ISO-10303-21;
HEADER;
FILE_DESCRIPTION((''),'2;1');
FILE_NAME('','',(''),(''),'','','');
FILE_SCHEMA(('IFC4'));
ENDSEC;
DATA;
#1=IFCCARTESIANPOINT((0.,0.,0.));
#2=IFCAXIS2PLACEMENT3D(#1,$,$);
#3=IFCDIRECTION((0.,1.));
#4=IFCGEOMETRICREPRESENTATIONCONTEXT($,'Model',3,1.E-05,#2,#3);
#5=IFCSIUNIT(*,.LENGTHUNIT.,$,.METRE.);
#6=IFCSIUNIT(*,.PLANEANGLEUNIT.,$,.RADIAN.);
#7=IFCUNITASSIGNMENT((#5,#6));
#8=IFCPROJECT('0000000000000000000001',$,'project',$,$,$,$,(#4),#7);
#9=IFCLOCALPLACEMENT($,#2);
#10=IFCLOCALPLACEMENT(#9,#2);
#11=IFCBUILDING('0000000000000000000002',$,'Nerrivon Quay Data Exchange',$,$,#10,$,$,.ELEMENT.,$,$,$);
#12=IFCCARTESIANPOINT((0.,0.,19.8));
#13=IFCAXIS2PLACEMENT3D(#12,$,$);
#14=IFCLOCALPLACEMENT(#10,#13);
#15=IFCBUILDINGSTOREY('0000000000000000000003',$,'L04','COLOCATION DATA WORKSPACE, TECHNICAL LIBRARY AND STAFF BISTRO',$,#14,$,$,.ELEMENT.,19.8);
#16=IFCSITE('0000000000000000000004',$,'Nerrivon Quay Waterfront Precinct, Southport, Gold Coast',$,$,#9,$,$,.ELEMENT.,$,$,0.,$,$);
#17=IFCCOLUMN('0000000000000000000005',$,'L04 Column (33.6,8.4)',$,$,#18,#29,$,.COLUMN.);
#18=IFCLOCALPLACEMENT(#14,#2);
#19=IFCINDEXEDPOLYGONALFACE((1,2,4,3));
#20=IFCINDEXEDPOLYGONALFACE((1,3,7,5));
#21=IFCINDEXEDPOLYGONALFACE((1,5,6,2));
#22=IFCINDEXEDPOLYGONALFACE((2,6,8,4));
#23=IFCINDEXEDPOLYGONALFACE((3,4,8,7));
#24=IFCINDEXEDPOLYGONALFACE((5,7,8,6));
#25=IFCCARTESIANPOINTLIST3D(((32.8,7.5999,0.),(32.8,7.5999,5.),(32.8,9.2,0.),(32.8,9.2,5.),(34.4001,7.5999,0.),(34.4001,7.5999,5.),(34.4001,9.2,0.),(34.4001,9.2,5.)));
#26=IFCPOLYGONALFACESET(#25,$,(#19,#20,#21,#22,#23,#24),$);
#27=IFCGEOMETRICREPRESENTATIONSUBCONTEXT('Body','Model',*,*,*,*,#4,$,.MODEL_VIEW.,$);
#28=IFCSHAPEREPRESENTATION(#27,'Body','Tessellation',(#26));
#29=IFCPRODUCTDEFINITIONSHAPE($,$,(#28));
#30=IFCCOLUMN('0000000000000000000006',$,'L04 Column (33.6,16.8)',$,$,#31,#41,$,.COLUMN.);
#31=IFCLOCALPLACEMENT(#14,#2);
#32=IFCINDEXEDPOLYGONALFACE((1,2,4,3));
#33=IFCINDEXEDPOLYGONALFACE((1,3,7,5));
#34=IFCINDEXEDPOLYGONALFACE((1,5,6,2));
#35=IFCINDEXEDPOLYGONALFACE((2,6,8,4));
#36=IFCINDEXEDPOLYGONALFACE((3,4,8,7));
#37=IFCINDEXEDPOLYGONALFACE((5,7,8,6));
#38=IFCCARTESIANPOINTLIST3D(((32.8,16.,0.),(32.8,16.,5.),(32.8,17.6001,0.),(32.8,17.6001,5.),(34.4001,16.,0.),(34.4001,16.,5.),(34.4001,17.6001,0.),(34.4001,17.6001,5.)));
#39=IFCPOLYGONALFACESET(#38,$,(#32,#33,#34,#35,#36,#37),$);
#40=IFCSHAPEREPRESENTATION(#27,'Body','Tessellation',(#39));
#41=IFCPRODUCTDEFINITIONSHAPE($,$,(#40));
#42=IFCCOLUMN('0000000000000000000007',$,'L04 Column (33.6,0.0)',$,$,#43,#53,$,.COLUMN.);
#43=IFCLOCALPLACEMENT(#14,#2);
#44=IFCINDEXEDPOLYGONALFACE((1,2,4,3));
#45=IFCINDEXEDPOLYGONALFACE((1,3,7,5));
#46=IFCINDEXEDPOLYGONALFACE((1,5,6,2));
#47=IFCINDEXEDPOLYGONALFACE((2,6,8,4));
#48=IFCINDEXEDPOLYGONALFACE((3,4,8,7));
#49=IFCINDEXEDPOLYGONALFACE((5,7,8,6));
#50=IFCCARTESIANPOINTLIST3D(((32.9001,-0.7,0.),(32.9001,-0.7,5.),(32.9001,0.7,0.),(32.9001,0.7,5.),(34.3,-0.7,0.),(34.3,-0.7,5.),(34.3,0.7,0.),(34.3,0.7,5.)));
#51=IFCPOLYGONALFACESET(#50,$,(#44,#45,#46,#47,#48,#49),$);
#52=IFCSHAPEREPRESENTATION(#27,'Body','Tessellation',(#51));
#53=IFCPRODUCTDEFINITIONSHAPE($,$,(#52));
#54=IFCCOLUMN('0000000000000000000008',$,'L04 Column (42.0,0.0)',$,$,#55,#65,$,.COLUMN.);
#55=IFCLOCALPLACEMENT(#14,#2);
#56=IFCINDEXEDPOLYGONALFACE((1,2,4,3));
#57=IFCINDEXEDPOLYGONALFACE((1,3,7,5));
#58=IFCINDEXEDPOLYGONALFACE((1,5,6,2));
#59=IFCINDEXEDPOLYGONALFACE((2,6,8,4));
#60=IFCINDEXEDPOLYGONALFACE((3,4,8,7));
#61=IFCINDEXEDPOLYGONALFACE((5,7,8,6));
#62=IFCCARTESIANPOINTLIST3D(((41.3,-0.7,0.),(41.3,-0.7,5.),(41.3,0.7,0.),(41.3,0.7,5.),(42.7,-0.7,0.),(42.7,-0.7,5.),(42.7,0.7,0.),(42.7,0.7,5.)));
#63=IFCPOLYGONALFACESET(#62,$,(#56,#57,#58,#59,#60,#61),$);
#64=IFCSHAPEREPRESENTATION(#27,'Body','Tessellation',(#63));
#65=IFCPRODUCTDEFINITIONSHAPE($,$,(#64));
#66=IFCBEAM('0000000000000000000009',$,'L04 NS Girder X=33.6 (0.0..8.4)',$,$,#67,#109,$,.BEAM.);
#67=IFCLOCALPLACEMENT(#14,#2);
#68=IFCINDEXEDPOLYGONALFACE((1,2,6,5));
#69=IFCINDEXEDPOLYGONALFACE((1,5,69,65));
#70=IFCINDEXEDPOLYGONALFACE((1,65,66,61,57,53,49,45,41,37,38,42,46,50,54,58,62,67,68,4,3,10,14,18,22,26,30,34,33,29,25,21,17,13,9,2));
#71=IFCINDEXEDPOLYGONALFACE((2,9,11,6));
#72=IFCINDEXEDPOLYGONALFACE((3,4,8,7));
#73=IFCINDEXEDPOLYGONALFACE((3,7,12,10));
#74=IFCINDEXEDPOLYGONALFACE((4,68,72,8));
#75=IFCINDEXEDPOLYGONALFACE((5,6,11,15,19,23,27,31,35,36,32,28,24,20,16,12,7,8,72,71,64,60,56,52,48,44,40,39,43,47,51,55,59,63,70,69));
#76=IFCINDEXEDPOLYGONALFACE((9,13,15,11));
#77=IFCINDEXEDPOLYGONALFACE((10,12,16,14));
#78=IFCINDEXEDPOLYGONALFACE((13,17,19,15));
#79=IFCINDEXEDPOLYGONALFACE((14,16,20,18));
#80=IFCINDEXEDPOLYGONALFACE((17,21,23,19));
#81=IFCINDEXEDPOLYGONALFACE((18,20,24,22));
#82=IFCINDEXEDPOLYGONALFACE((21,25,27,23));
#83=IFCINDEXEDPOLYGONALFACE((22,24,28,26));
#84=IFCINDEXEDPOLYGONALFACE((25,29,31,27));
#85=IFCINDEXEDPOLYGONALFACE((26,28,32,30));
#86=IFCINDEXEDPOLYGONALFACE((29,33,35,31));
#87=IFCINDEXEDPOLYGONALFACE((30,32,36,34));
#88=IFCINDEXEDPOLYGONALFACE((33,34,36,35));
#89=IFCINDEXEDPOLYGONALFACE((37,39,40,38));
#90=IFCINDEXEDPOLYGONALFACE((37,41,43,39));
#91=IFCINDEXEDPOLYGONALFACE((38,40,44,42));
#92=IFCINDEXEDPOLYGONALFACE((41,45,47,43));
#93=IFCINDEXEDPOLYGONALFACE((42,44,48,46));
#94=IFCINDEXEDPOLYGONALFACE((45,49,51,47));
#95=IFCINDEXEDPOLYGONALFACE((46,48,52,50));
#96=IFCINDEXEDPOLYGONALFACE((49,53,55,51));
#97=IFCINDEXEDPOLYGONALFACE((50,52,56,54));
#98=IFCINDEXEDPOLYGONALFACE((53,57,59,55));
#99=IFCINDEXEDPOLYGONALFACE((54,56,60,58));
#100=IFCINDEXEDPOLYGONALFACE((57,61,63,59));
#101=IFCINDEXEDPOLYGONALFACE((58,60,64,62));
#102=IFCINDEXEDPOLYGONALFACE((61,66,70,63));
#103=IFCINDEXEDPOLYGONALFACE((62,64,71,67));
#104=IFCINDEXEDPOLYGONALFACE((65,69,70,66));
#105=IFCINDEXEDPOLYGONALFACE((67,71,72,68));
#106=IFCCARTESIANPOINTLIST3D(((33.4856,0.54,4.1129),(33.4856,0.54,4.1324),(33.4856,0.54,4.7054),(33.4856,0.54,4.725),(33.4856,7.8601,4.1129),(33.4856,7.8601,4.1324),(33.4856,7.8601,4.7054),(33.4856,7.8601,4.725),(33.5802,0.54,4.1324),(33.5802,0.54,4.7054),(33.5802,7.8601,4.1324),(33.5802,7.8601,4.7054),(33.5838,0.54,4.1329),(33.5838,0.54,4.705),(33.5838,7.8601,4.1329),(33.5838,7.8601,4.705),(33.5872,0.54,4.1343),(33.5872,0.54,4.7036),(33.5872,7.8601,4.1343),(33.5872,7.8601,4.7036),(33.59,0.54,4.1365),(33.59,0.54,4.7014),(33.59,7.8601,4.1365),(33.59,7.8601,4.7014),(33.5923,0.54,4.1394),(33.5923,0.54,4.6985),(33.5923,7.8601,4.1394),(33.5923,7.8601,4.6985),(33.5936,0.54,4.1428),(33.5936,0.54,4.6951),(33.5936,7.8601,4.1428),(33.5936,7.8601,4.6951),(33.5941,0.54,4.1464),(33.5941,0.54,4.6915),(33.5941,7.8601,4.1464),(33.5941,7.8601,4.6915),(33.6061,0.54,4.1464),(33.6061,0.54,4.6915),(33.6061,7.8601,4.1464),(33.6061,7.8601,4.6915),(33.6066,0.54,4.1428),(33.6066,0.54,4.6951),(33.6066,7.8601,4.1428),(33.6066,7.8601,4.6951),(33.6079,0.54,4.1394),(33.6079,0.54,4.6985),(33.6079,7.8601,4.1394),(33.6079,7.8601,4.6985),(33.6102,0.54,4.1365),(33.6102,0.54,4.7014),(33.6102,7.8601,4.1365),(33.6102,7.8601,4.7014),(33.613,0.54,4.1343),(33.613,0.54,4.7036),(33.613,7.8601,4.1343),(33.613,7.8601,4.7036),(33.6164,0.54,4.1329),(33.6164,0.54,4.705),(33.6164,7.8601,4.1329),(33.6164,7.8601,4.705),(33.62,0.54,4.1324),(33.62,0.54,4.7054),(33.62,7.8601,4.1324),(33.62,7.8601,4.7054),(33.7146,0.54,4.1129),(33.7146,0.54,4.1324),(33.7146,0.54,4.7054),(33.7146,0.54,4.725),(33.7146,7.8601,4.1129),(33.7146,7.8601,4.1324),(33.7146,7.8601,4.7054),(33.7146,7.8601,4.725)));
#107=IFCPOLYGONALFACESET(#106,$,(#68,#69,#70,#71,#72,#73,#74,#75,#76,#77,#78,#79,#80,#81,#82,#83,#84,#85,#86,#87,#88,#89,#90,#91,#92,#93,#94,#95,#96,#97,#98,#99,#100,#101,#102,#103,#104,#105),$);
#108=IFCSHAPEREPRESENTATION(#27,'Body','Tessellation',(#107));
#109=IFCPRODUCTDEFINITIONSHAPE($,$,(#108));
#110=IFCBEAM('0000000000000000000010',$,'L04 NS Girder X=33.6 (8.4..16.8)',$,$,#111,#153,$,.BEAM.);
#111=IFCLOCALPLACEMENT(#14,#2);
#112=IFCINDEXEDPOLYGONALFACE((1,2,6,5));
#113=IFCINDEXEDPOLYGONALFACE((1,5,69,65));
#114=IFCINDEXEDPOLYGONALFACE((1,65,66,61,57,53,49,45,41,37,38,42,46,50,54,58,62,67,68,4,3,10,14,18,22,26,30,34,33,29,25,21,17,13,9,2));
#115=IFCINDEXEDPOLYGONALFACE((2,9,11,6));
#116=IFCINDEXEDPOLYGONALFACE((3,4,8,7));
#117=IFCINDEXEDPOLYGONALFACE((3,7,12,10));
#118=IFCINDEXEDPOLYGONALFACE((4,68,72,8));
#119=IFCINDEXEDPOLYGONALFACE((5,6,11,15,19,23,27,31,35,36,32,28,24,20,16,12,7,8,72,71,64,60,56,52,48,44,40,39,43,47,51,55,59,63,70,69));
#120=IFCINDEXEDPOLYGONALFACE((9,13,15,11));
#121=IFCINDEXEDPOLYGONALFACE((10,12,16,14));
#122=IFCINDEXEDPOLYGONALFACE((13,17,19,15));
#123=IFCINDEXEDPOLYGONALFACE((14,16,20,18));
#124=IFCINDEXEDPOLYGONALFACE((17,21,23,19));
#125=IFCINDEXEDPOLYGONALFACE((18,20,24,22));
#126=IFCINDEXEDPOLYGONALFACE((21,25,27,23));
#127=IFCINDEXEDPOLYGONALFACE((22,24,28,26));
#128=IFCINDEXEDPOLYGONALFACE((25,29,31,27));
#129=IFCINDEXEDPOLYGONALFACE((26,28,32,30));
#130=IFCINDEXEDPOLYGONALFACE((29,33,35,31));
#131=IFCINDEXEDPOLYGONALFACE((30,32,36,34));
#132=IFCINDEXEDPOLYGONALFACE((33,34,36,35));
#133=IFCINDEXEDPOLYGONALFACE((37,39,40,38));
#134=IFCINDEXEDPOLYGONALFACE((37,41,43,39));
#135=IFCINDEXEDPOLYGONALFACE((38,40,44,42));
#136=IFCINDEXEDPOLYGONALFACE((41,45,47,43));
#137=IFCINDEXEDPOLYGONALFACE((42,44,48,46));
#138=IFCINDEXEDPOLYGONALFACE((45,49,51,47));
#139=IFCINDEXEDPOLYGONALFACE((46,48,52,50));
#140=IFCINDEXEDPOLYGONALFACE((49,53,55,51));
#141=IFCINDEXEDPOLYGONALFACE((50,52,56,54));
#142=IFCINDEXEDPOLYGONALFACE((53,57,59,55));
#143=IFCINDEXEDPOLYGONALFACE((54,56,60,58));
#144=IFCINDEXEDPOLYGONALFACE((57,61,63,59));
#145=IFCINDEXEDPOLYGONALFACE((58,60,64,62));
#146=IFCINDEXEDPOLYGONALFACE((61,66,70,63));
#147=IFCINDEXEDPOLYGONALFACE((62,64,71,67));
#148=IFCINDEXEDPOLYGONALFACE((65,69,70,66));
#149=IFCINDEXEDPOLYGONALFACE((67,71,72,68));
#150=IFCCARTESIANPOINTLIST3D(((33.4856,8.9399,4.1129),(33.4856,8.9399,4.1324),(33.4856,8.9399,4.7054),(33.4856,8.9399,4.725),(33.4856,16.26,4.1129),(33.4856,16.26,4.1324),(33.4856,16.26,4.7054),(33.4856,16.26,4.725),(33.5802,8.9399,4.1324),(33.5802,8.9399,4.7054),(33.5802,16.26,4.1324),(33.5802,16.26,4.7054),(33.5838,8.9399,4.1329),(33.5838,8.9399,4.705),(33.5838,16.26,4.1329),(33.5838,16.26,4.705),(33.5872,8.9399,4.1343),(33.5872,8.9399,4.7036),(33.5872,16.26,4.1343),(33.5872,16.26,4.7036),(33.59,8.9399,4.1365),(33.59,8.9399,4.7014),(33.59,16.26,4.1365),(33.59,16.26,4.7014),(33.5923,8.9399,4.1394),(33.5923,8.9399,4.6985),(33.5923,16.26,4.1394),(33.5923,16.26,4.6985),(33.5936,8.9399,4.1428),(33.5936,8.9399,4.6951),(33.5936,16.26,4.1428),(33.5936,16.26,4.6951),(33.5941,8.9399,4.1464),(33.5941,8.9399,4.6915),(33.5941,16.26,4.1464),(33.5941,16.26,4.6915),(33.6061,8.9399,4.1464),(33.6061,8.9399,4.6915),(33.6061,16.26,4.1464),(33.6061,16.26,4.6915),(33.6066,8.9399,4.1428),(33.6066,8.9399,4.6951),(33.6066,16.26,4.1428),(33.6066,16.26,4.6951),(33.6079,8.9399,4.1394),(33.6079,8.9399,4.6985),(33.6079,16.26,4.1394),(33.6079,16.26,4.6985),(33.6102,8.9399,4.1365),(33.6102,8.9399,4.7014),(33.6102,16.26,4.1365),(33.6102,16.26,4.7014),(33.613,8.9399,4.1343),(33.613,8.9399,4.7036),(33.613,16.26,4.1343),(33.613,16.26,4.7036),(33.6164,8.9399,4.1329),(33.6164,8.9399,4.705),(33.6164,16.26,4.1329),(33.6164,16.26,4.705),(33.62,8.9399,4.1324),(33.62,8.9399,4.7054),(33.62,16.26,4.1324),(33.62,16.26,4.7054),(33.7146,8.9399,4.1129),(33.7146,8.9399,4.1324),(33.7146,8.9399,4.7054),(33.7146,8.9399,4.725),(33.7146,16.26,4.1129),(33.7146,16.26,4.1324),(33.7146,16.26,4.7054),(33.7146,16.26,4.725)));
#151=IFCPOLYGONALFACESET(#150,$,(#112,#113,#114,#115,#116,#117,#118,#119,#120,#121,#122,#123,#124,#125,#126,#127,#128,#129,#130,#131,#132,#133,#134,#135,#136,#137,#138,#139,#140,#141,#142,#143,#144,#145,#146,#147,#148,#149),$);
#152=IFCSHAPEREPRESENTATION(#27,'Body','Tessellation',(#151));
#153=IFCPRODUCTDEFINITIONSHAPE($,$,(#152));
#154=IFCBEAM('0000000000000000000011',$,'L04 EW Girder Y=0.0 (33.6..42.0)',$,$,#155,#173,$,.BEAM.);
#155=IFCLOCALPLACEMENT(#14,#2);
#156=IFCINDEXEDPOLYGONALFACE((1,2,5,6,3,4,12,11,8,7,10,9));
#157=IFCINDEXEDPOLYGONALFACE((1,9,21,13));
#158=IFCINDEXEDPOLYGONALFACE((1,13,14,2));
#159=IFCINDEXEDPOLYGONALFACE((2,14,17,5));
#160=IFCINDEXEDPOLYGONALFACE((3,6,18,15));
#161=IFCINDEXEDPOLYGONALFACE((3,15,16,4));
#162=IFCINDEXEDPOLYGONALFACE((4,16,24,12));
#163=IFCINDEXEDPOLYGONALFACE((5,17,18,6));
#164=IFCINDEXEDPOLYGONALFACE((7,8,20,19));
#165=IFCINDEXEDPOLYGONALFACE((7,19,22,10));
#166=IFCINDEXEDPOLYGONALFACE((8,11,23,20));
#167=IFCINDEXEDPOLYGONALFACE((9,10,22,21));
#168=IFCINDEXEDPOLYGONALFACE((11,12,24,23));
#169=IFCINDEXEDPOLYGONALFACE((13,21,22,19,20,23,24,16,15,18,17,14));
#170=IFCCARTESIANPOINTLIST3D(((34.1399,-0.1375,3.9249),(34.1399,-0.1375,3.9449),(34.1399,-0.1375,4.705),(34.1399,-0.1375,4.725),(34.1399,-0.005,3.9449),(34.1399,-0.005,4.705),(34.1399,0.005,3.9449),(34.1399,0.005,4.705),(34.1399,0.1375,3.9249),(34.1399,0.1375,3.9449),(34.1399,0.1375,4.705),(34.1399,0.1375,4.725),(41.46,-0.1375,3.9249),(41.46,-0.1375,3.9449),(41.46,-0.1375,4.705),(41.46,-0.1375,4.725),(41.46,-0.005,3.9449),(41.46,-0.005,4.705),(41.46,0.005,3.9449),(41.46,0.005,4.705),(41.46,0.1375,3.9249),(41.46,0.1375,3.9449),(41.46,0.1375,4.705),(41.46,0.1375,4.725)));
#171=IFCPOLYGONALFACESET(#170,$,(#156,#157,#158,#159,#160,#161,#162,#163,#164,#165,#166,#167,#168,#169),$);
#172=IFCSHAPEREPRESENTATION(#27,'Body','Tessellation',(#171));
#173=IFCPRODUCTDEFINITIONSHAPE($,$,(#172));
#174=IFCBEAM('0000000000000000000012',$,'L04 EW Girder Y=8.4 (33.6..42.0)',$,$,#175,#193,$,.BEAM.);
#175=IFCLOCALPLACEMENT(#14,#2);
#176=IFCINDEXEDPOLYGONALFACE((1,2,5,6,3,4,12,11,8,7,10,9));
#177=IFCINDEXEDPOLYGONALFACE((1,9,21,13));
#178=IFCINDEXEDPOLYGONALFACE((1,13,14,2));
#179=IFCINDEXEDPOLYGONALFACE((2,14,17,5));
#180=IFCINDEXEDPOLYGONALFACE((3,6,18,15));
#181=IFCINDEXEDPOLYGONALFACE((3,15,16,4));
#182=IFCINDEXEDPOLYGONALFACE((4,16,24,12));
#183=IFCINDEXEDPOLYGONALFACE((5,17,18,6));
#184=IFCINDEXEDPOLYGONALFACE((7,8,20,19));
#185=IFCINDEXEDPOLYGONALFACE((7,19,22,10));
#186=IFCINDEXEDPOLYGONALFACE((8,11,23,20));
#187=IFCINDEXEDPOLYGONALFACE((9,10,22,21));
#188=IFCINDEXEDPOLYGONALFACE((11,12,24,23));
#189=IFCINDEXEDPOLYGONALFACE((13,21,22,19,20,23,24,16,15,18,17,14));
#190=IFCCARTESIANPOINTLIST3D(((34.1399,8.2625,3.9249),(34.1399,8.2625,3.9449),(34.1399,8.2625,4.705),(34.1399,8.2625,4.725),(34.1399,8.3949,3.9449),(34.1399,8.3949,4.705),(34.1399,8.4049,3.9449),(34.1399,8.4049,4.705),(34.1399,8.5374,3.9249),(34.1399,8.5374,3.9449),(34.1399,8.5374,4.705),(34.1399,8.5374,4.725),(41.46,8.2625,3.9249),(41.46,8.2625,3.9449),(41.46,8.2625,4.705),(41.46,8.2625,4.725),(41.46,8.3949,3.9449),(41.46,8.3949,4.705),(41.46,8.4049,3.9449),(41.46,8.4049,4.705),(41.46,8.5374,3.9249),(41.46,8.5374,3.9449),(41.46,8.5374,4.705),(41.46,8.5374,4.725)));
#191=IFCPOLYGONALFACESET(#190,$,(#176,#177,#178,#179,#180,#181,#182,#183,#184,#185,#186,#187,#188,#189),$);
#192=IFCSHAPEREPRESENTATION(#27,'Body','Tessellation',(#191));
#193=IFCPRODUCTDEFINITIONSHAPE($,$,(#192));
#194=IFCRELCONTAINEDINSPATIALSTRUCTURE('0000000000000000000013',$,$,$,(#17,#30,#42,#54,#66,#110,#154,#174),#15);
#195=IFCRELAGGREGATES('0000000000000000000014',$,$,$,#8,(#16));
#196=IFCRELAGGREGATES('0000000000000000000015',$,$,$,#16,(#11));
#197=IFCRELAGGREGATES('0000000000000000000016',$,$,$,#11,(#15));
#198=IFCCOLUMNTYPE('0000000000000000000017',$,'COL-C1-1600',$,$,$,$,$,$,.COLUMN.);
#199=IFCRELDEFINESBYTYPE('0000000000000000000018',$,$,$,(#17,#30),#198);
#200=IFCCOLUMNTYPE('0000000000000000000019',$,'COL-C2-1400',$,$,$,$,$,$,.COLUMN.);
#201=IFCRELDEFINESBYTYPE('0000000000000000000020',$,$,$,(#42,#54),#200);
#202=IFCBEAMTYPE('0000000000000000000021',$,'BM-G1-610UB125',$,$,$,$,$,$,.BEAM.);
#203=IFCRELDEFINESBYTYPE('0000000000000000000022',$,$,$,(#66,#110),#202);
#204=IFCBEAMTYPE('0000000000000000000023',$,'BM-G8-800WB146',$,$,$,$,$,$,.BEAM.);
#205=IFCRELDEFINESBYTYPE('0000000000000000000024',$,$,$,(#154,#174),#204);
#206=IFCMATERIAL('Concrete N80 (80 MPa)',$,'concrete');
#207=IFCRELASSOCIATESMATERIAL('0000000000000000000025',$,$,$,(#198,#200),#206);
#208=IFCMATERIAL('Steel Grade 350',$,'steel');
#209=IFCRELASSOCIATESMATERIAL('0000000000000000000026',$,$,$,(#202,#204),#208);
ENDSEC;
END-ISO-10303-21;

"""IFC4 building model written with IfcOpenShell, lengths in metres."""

from ifc_helpers import new_model, si_unit, direction, frame, origin, origin_2d, place, context, subcontext, project, spatial, rectangle, i_section, extrude, material, material_profile, profile_set, type_object, element, save


model = new_model("IFC4")

# Units and contexts
model_context = context("Model", 3, precision=1e-05, world=origin(), true_north=direction((0.0, 1.0)))
body_context = subcontext(model_context, "Body", "Model", "MODEL_VIEW")
ifc_project = project(units=[si_unit("LENGTHUNIT", "METRE"), si_unit("PLANEANGLEUNIT", "RADIAN")], contexts=[model_context])

# Site, building, storey
site_placement = place(None, origin())
site = spatial("IfcSite", under=ifc_project, at=site_placement, Name="Nerrivon Quay Waterfront Precinct, Southport, Gold Coast", CompositionType="ELEMENT", RefElevation=0.0)
building_placement = place(site_placement, origin())
building = spatial("IfcBuilding", under=site, at=building_placement, Name="Nerrivon Quay Data Exchange", CompositionType="ELEMENT")
storey_placement = place(building_placement, frame((0.0, 0.0, 19.8)))
storey = spatial("IfcBuildingStorey", under=building, at=storey_placement, Name="L04", Description="COLOCATION DATA WORKSPACE, TECHNICAL LIBRARY AND STAFF BISTRO", CompositionType="ELEMENT", Elevation=19.8)

# Columns
ifc_material_1 = material(Name="Concrete N80 (80 MPa)", Category="concrete")
ifc_material_profile_1 = material_profile(ifc_material_1, rectangle(XDim=1.6001, YDim=1.6001, at=origin_2d()), Name="RC-COL-1600x1600")
ifc_profile_set_1 = profile_set([ifc_material_profile_1], Name="Concrete N80 (80 MPa)")
column_type_1 = type_object("IfcColumnType", Name="COL-C1-1600", PredefinedType="COLUMN", material=ifc_profile_set_1)
for number, where, z_axis, x_axis, name in (
    (1, (33.6001, 8.3999, 0.0), (0.0, 0.0, 1.0), (1.0, 0.0, 0.0), "L04 Column (33.6,8.4)"),
    (2, (33.6001, 16.8, 0.0), (0.0, 0.0, 1.0), (1.0, 0.0, 0.0), "L04 Column (33.6,16.8)"),
):
    element("IfcColumn", number, at=place(storey_placement, frame(where, z_axis=z_axis, x_axis=x_axis)), inside=storey, type_object=column_type_1, Name=name, PredefinedType="COLUMN", context=body_context, shape_type="SweptSolid", body=[
        extrude(rectangle(XDim=1.6001, YDim=1.6001, at=origin_2d()), origin(), (0.0, 0.0, 1.0), 5.0),
    ])
ifc_material_profile_2 = material_profile(ifc_material_1, rectangle(XDim=1.3999, YDim=1.3999, at=origin_2d()), Name="RC-COL-1400x1400")
ifc_profile_set_2 = profile_set([ifc_material_profile_2], Name="Concrete N80 (80 MPa)")
column_type_2 = type_object("IfcColumnType", Name="COL-C2-1400", PredefinedType="COLUMN", material=ifc_profile_set_2)
for number, where, z_axis, x_axis, name in (
    (3, (33.6001, 0.0, 0.0), (0.0, 0.0, 1.0), (1.0, 0.0, 0.0), "L04 Column (33.6,0.0)"),
    (4, (42.0, 0.0, 0.0), (0.0, 0.0, 1.0), (1.0, 0.0, 0.0), "L04 Column (42.0,0.0)"),
):
    element("IfcColumn", number, at=place(storey_placement, frame(where, z_axis=z_axis, x_axis=x_axis)), inside=storey, type_object=column_type_2, Name=name, PredefinedType="COLUMN", context=body_context, shape_type="SweptSolid", body=[
        extrude(rectangle(XDim=1.3999, YDim=1.3999, at=origin_2d()), origin(), (0.0, 0.0, 1.0), 5.0),
    ])

# Beams
ifc_material_2 = material(Name="Steel Grade 350", Category="steel")
ifc_material_profile_3 = material_profile(ifc_material_2, i_section(OverallWidth=0.229, OverallDepth=0.6121, WebThickness=0.012, FlangeThickness=0.0195, FilletRadius=0.0139, at=origin_2d()), Name="610UB125")
ifc_profile_set_3 = profile_set([ifc_material_profile_3], Name="Steel Grade 350")
beam_type_1 = type_object("IfcBeamType", Name="BM-G1-610UB125", PredefinedType="BEAM", material=ifc_profile_set_3)
for number, where, z_axis, x_axis, name in (
    (5, (33.6001, 0.54, 4.4189), (0.0, 1.0, 0.0), (-1.0, 0.0, 0.0), "L04 NS Girder X=33.6 (0.0..8.4)"),
    (6, (33.6001, 8.9399, 4.4189), (0.0, 1.0, 0.0), (-1.0, 0.0, 0.0), "L04 NS Girder X=33.6 (8.4..16.8)"),
):
    element("IfcBeam", number, at=place(storey_placement, frame(where, z_axis=z_axis, x_axis=x_axis)), inside=storey, type_object=beam_type_1, Name=name, PredefinedType="BEAM", context=body_context, shape_type="SweptSolid", body=[
        extrude(i_section(OverallWidth=0.229, OverallDepth=0.6121, WebThickness=0.012, FlangeThickness=0.0195, FilletRadius=0.0139, at=origin_2d()), origin(), (0.0, 0.0, 1.0), 7.3201),
    ])
ifc_material_profile_4 = material_profile(ifc_material_2, i_section(OverallWidth=0.2749, OverallDepth=0.8, WebThickness=0.01, FlangeThickness=0.02, at=origin_2d()), Name="800WB146")
ifc_profile_set_4 = profile_set([ifc_material_profile_4], Name="Steel Grade 350")
beam_type_2 = type_object("IfcBeamType", Name="BM-G8-800WB146", PredefinedType="BEAM", material=ifc_profile_set_4)
for number, where, z_axis, x_axis, name in (
    (7, (34.1399, 0.0, 4.325), (1.0, 0.0, 0.0), (0.0, 1.0, 0.0), "L04 EW Girder Y=0.0 (33.6..42.0)"),
    (8, (34.1399, 8.3999, 4.325), (1.0, 0.0, 0.0), (0.0, 1.0, 0.0), "L04 EW Girder Y=8.4 (33.6..42.0)"),
):
    element("IfcBeam", number, at=place(storey_placement, frame(where, z_axis=z_axis, x_axis=x_axis)), inside=storey, type_object=beam_type_2, Name=name, PredefinedType="BEAM", context=body_context, shape_type="SweptSolid", body=[
        extrude(i_section(OverallWidth=0.2749, OverallDepth=0.8, WebThickness=0.01, FlangeThickness=0.02, at=origin_2d()), origin(), (0.0, 0.0, 1.0), 7.3201),
    ])

save(model, "model.ifc")
